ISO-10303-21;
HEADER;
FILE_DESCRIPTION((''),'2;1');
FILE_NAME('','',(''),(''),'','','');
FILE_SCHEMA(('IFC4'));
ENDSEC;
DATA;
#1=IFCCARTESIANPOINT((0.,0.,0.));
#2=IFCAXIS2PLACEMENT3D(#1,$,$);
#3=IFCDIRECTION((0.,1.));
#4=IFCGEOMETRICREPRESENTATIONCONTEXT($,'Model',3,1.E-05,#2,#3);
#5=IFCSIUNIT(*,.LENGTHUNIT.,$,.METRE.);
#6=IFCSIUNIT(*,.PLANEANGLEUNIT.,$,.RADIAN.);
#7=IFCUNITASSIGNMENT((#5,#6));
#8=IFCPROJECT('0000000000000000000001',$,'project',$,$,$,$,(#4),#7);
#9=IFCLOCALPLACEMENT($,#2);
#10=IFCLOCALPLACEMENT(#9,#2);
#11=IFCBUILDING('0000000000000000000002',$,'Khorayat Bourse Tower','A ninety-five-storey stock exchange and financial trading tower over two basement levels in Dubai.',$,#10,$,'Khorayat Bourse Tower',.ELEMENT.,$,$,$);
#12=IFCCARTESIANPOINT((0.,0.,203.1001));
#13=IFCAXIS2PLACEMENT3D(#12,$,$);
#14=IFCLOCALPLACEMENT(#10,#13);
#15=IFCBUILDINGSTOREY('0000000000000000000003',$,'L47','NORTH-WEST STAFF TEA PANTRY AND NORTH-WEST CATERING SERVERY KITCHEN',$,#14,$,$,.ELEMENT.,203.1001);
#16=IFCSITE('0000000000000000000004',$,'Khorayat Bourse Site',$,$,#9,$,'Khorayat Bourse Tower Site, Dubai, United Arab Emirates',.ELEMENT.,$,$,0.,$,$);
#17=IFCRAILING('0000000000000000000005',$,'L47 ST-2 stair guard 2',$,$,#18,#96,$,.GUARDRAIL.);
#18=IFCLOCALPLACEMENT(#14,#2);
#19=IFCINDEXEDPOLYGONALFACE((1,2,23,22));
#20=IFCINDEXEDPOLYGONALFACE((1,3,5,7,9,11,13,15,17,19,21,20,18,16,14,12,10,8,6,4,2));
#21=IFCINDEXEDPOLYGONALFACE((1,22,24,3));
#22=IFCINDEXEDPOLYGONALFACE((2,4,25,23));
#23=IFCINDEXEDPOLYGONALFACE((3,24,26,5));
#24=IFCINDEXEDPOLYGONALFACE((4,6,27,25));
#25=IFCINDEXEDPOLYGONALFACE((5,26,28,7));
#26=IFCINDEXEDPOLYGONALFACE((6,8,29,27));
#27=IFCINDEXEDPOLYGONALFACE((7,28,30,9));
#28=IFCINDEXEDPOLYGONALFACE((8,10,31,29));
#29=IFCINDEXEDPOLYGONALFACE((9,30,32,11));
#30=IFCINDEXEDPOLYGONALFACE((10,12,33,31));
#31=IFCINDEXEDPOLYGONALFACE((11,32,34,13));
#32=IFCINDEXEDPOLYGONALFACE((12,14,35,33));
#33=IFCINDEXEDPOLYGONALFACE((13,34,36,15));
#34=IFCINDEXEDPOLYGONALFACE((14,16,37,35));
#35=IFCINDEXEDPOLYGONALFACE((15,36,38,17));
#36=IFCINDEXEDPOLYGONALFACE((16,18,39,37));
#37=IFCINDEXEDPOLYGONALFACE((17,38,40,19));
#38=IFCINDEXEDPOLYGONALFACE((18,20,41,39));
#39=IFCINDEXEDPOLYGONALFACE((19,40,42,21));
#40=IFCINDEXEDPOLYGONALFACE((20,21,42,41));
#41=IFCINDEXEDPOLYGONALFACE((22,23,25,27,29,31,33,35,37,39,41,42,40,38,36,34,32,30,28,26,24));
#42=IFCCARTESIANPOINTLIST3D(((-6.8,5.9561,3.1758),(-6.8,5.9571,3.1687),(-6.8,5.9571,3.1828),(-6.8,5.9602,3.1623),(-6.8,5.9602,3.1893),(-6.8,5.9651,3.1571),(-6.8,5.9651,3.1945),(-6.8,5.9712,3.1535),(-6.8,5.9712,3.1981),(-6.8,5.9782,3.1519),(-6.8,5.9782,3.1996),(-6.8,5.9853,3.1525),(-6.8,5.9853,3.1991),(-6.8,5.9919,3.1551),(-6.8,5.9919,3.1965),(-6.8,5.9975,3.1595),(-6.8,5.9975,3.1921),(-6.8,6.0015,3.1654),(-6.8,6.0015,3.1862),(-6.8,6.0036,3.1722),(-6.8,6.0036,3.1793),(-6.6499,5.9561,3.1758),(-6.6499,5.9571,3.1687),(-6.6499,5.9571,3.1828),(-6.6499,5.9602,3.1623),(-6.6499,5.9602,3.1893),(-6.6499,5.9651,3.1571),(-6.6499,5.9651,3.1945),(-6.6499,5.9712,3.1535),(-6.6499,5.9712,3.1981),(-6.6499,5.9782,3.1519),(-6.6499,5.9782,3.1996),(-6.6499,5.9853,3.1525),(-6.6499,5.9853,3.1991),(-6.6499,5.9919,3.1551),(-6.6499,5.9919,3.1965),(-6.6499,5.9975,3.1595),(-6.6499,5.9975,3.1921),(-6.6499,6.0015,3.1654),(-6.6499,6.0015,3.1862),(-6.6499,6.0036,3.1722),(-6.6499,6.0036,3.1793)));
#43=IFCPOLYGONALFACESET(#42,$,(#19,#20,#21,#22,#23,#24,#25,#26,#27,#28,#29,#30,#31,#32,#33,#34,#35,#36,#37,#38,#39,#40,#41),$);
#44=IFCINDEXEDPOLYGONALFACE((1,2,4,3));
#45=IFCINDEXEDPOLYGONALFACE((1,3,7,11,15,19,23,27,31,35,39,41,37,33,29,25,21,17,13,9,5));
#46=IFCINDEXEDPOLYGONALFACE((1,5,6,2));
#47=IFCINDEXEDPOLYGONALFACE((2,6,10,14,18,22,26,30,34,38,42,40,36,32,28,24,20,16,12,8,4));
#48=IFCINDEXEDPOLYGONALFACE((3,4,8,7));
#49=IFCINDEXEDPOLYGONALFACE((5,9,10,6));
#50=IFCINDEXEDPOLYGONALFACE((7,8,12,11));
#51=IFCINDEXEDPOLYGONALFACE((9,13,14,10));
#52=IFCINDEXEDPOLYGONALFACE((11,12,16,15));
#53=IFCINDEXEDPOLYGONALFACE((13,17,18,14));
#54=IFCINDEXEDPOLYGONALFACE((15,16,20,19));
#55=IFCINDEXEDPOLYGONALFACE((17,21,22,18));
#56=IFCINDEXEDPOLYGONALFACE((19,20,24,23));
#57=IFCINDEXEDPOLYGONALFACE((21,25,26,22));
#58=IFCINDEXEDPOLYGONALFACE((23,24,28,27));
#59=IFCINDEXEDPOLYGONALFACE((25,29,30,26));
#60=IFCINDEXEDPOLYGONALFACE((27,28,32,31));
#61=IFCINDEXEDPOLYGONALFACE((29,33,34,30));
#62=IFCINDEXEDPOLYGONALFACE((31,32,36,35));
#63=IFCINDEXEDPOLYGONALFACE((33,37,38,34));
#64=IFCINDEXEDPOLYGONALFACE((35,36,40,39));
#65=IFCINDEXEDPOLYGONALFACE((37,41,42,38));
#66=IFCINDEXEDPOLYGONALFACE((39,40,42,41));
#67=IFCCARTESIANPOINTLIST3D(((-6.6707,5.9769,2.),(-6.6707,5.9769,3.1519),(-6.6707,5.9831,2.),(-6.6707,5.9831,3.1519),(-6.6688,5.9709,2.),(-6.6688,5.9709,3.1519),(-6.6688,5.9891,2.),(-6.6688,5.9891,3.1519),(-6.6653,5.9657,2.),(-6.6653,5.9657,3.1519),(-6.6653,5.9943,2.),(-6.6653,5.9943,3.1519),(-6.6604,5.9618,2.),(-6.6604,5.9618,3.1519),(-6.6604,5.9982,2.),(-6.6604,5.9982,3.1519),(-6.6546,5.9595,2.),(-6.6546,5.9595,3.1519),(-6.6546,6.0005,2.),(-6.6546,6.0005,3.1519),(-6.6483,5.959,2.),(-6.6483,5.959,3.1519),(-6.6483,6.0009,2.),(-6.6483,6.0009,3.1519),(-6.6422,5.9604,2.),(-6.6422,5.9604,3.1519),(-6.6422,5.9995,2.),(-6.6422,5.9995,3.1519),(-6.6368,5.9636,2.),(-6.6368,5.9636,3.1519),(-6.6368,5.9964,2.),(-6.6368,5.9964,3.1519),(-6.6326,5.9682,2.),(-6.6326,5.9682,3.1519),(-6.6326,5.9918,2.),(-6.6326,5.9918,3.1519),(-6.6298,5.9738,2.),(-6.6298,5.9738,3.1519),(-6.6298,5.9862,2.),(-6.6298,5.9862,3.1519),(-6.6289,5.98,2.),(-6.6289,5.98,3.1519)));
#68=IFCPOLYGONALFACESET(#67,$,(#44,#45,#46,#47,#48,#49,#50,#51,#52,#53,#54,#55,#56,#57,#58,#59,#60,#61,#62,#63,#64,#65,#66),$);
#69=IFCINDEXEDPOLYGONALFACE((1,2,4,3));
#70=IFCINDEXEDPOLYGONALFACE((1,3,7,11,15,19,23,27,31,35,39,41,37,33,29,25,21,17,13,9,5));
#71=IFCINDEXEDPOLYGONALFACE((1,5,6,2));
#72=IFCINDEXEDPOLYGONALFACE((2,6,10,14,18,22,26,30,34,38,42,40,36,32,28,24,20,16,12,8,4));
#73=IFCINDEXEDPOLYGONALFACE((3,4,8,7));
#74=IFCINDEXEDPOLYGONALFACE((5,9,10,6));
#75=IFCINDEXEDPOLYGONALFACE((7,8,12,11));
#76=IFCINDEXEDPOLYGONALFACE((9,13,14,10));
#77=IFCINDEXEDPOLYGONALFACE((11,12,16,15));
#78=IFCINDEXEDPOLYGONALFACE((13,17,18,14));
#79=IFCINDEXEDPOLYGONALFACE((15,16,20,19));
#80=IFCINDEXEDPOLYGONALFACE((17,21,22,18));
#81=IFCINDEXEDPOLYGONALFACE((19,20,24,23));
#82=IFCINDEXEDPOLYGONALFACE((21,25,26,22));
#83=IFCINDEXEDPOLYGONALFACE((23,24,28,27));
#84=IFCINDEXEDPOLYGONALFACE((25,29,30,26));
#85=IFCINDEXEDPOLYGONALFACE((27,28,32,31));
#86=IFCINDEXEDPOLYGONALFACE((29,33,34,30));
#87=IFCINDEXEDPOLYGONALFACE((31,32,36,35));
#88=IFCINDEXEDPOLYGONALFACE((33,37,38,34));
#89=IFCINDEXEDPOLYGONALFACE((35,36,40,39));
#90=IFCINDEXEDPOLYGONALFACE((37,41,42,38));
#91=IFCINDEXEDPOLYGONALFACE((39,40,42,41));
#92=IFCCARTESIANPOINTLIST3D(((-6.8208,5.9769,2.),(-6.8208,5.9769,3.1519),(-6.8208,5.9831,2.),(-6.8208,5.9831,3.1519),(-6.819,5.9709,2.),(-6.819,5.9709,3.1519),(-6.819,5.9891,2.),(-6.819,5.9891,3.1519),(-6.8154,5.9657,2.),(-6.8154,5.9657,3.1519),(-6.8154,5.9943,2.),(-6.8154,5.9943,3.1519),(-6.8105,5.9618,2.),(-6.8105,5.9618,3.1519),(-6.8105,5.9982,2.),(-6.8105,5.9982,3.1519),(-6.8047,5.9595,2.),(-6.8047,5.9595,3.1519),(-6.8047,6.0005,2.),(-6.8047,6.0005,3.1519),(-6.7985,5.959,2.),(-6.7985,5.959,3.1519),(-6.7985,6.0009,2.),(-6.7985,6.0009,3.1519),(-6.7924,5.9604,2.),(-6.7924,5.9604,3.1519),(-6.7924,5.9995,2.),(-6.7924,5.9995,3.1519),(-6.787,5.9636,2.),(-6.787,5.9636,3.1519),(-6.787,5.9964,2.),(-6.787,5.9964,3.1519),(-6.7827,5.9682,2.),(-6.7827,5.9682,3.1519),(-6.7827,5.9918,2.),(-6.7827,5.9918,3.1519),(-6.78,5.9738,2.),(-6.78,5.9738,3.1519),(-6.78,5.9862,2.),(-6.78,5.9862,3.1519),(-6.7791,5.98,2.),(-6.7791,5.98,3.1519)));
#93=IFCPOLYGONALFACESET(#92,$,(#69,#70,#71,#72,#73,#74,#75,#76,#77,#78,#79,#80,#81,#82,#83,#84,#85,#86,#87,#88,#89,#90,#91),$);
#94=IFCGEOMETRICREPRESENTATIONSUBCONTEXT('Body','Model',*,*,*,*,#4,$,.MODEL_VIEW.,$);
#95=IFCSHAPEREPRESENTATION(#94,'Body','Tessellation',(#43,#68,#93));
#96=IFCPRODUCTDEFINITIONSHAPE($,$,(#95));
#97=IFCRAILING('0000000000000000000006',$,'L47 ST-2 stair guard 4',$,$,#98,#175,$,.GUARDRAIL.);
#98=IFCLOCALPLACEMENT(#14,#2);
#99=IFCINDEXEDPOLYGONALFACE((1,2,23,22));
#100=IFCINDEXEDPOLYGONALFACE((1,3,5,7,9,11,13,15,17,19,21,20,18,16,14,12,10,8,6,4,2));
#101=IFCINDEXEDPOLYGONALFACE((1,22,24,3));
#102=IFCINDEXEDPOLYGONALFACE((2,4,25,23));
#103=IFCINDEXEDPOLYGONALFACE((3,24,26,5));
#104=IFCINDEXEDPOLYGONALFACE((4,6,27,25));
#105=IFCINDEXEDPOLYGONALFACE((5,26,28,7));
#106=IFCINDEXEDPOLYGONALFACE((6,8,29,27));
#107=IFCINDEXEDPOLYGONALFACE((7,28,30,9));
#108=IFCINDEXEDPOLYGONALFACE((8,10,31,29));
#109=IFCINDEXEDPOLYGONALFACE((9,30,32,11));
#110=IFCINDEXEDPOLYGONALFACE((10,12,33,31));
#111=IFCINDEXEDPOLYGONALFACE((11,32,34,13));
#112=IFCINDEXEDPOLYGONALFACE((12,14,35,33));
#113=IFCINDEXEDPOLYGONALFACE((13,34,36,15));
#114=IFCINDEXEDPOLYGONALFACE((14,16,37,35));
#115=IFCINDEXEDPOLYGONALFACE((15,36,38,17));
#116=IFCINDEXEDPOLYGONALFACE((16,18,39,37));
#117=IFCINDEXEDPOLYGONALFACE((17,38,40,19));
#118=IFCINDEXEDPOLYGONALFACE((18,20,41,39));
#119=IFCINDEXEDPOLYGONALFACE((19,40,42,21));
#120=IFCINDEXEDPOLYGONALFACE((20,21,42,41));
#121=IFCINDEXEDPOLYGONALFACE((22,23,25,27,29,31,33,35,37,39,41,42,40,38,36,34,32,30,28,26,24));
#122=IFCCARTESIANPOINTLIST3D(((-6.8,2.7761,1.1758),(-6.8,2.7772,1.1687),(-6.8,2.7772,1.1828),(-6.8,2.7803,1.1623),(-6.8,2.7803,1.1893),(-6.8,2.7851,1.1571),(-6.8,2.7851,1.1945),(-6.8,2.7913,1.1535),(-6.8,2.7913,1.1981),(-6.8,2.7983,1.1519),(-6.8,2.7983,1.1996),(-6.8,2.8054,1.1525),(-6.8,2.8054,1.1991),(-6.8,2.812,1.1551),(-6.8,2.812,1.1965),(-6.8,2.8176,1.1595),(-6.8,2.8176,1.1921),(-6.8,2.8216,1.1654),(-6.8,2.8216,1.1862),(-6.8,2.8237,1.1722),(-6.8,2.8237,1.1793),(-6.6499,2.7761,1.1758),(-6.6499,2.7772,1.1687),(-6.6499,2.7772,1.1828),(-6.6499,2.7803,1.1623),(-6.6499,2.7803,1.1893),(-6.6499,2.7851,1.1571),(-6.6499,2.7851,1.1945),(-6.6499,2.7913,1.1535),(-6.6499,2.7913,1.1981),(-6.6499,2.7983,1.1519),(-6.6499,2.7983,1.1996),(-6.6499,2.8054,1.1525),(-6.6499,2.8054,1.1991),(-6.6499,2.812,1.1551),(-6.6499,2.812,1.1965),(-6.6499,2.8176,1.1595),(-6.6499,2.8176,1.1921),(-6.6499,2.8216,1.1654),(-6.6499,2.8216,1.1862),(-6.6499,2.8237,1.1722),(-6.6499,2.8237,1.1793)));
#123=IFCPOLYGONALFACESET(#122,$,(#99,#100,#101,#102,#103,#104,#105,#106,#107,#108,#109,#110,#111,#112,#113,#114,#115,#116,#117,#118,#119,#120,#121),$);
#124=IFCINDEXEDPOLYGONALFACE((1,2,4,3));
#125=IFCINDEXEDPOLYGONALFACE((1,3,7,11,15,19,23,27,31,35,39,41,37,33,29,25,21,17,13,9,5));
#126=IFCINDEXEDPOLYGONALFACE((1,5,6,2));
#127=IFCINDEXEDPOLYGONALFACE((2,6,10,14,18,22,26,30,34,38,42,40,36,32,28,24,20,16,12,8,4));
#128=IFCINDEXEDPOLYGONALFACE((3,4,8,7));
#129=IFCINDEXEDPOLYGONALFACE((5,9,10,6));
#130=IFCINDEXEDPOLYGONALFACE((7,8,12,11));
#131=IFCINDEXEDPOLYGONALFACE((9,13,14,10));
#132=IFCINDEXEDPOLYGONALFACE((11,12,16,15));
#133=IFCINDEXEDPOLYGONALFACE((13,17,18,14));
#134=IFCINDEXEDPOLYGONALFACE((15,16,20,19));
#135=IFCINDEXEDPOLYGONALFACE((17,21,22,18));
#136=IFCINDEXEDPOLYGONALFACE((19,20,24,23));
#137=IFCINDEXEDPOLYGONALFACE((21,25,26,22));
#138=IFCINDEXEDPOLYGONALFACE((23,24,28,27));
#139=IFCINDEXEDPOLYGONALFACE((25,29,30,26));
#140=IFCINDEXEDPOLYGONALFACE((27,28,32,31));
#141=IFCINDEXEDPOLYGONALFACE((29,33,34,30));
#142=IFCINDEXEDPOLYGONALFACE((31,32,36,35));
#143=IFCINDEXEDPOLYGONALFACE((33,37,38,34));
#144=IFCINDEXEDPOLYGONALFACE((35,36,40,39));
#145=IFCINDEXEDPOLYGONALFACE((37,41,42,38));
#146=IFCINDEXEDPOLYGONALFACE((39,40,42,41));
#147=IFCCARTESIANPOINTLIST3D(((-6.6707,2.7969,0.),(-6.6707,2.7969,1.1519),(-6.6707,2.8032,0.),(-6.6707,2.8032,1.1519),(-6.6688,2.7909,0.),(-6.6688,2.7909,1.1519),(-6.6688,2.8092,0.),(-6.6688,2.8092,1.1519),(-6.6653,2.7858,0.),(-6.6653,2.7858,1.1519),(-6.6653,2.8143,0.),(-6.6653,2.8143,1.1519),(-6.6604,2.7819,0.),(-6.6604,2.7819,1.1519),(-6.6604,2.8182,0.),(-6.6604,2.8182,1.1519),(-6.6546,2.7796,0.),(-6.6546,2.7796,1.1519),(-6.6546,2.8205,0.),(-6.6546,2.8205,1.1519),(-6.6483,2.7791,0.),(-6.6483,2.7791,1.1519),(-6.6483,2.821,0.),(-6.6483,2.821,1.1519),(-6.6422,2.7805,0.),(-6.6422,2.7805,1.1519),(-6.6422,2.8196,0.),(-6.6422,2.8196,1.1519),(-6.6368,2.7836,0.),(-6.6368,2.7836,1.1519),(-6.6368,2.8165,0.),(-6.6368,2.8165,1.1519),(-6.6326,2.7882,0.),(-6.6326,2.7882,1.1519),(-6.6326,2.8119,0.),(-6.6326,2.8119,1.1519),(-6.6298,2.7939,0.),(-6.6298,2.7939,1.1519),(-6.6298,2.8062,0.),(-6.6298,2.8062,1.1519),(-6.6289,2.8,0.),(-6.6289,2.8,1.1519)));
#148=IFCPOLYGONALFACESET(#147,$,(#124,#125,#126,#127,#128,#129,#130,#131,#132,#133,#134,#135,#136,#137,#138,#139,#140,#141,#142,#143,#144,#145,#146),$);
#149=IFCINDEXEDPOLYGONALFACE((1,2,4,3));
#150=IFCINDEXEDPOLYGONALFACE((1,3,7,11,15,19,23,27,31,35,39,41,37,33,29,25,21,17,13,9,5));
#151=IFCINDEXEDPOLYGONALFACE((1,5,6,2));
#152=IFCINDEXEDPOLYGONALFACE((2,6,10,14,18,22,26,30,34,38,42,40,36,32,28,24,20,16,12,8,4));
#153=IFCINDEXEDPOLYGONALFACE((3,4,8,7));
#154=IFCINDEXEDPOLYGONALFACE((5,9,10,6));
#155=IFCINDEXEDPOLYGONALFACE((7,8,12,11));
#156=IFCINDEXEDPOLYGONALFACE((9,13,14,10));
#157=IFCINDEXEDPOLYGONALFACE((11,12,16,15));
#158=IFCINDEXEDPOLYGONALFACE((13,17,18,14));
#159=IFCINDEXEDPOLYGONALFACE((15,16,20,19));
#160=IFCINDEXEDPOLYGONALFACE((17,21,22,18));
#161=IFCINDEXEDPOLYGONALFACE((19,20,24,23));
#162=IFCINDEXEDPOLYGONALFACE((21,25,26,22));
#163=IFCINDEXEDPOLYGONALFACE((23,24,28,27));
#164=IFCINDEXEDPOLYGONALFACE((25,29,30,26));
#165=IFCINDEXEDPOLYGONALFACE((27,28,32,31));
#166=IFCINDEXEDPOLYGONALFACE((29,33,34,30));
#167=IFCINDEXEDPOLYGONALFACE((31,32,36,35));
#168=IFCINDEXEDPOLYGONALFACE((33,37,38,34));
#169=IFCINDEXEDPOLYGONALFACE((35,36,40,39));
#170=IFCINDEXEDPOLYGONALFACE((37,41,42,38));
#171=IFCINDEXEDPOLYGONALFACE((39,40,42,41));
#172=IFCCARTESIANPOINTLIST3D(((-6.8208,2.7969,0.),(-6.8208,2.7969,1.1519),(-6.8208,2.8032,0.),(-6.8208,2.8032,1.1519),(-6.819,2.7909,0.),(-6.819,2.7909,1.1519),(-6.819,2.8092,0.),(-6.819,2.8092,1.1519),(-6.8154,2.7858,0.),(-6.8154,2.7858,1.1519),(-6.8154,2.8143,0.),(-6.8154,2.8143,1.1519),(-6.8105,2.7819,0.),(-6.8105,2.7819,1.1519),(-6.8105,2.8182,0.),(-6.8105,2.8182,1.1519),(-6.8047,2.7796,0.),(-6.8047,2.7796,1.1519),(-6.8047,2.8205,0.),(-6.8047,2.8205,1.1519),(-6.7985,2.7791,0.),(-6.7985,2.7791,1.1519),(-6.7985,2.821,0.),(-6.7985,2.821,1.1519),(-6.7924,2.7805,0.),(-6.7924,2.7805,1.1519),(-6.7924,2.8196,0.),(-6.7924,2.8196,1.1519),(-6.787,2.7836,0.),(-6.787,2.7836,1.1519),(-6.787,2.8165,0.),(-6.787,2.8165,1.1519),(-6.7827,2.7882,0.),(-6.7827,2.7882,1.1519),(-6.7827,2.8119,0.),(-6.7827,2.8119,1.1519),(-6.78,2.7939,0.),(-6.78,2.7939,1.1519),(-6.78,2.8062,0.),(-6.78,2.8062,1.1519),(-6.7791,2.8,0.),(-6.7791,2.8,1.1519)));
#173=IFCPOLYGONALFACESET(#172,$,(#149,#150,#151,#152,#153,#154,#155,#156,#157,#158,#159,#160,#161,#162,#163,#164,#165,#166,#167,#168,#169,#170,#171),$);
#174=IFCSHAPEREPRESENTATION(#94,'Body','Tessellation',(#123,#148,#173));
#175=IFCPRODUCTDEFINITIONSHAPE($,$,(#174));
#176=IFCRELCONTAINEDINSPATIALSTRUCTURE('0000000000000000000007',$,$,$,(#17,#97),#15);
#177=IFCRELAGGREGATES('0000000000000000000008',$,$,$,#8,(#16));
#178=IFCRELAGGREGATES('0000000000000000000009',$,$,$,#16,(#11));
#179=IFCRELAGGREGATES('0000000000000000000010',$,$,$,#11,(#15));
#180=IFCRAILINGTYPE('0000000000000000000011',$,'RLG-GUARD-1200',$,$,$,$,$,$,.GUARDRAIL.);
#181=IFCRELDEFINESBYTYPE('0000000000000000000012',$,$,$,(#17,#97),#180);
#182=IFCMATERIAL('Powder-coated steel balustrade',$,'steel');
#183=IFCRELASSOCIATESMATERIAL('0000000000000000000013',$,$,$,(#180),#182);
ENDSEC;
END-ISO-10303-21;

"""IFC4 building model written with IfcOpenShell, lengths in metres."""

from ifc_helpers import new_model, si_unit, direction, frame, origin, origin_2d, place, context, subcontext, project, spatial, circle, extrude, source, transform, mapped, material, type_object, element, save


model = new_model("IFC4")

# Units and contexts
model_context = context("Model", 3, precision=1e-05, world=origin(), true_north=direction((0.0, 1.0)))
body_context = subcontext(model_context, "Body", "Model", "MODEL_VIEW")
ifc_project = project(units=[si_unit("LENGTHUNIT", "METRE"), si_unit("PLANEANGLEUNIT", "RADIAN")], contexts=[model_context])

# Site, building, storey
site_placement = place(None, origin())
site = spatial("IfcSite", under=ifc_project, at=site_placement, Name="Khorayat Bourse Site", LongName="Khorayat Bourse Tower Site, Dubai, United Arab Emirates", CompositionType="ELEMENT", RefElevation=0.0)
building_placement = place(site_placement, origin())
building = spatial("IfcBuilding", under=site, at=building_placement, Name="Khorayat Bourse Tower", Description="A ninety-five-storey stock exchange and financial trading tower over two basement levels in Dubai.", LongName="Khorayat Bourse Tower", CompositionType="ELEMENT")
storey_placement = place(building_placement, frame((0.0, 0.0, 203.1001)))
storey = spatial("IfcBuildingStorey", under=building, at=storey_placement, Name="L47", Description="NORTH-WEST STAFF TEA PANTRY AND NORTH-WEST CATERING SERVERY KITCHEN", CompositionType="ELEMENT", Elevation=203.1001)

# Railings
ifc_material_1 = material(Name="Powder-coated steel balustrade", Category="steel")
railing_type_1 = type_object("IfcRailingType", Name="RLG-GUARD-1200", PredefinedType="GUARDRAIL", material=ifc_material_1)
shared_shape_1 = source(origin(), body_context, "Body", "SweptSolid", [
    extrude(circle(Radius=0.0239, at=origin_2d()), frame((0.0, 0.0, 1.1758), z_axis=(-1.0, 0.0, 0.0), x_axis=(0.0, -1.0, 0.0)), (0.0, 0.0, 1.0), 0.1501),
    extrude(circle(Radius=0.021, at=origin_2d()), origin(), (0.0, 0.0, 1.0), 1.1519),
    extrude(circle(Radius=0.021, at=origin_2d()), frame((-0.1501, 0.0, 0.0)), (0.0, 0.0, 1.0), 1.1519),
])
for number, where, name in (
    (1, (-6.6499, 5.98, 2.0), "L47 ST-2 stair guard 2"),
    (2, (-6.6499, 2.8, 0.0), "L47 ST-2 stair guard 4"),
):
    element("IfcRailing", number, at=place(storey_placement, frame(where)), inside=storey, type_object=railing_type_1, Name=name, PredefinedType="GUARDRAIL", context=body_context, shape_type="MappedRepresentation", body=[
        mapped(shared_shape_1, transform((0.0, 0.0, 0.0), scale=1.0)),
    ])

save(model, "model.ifc")
